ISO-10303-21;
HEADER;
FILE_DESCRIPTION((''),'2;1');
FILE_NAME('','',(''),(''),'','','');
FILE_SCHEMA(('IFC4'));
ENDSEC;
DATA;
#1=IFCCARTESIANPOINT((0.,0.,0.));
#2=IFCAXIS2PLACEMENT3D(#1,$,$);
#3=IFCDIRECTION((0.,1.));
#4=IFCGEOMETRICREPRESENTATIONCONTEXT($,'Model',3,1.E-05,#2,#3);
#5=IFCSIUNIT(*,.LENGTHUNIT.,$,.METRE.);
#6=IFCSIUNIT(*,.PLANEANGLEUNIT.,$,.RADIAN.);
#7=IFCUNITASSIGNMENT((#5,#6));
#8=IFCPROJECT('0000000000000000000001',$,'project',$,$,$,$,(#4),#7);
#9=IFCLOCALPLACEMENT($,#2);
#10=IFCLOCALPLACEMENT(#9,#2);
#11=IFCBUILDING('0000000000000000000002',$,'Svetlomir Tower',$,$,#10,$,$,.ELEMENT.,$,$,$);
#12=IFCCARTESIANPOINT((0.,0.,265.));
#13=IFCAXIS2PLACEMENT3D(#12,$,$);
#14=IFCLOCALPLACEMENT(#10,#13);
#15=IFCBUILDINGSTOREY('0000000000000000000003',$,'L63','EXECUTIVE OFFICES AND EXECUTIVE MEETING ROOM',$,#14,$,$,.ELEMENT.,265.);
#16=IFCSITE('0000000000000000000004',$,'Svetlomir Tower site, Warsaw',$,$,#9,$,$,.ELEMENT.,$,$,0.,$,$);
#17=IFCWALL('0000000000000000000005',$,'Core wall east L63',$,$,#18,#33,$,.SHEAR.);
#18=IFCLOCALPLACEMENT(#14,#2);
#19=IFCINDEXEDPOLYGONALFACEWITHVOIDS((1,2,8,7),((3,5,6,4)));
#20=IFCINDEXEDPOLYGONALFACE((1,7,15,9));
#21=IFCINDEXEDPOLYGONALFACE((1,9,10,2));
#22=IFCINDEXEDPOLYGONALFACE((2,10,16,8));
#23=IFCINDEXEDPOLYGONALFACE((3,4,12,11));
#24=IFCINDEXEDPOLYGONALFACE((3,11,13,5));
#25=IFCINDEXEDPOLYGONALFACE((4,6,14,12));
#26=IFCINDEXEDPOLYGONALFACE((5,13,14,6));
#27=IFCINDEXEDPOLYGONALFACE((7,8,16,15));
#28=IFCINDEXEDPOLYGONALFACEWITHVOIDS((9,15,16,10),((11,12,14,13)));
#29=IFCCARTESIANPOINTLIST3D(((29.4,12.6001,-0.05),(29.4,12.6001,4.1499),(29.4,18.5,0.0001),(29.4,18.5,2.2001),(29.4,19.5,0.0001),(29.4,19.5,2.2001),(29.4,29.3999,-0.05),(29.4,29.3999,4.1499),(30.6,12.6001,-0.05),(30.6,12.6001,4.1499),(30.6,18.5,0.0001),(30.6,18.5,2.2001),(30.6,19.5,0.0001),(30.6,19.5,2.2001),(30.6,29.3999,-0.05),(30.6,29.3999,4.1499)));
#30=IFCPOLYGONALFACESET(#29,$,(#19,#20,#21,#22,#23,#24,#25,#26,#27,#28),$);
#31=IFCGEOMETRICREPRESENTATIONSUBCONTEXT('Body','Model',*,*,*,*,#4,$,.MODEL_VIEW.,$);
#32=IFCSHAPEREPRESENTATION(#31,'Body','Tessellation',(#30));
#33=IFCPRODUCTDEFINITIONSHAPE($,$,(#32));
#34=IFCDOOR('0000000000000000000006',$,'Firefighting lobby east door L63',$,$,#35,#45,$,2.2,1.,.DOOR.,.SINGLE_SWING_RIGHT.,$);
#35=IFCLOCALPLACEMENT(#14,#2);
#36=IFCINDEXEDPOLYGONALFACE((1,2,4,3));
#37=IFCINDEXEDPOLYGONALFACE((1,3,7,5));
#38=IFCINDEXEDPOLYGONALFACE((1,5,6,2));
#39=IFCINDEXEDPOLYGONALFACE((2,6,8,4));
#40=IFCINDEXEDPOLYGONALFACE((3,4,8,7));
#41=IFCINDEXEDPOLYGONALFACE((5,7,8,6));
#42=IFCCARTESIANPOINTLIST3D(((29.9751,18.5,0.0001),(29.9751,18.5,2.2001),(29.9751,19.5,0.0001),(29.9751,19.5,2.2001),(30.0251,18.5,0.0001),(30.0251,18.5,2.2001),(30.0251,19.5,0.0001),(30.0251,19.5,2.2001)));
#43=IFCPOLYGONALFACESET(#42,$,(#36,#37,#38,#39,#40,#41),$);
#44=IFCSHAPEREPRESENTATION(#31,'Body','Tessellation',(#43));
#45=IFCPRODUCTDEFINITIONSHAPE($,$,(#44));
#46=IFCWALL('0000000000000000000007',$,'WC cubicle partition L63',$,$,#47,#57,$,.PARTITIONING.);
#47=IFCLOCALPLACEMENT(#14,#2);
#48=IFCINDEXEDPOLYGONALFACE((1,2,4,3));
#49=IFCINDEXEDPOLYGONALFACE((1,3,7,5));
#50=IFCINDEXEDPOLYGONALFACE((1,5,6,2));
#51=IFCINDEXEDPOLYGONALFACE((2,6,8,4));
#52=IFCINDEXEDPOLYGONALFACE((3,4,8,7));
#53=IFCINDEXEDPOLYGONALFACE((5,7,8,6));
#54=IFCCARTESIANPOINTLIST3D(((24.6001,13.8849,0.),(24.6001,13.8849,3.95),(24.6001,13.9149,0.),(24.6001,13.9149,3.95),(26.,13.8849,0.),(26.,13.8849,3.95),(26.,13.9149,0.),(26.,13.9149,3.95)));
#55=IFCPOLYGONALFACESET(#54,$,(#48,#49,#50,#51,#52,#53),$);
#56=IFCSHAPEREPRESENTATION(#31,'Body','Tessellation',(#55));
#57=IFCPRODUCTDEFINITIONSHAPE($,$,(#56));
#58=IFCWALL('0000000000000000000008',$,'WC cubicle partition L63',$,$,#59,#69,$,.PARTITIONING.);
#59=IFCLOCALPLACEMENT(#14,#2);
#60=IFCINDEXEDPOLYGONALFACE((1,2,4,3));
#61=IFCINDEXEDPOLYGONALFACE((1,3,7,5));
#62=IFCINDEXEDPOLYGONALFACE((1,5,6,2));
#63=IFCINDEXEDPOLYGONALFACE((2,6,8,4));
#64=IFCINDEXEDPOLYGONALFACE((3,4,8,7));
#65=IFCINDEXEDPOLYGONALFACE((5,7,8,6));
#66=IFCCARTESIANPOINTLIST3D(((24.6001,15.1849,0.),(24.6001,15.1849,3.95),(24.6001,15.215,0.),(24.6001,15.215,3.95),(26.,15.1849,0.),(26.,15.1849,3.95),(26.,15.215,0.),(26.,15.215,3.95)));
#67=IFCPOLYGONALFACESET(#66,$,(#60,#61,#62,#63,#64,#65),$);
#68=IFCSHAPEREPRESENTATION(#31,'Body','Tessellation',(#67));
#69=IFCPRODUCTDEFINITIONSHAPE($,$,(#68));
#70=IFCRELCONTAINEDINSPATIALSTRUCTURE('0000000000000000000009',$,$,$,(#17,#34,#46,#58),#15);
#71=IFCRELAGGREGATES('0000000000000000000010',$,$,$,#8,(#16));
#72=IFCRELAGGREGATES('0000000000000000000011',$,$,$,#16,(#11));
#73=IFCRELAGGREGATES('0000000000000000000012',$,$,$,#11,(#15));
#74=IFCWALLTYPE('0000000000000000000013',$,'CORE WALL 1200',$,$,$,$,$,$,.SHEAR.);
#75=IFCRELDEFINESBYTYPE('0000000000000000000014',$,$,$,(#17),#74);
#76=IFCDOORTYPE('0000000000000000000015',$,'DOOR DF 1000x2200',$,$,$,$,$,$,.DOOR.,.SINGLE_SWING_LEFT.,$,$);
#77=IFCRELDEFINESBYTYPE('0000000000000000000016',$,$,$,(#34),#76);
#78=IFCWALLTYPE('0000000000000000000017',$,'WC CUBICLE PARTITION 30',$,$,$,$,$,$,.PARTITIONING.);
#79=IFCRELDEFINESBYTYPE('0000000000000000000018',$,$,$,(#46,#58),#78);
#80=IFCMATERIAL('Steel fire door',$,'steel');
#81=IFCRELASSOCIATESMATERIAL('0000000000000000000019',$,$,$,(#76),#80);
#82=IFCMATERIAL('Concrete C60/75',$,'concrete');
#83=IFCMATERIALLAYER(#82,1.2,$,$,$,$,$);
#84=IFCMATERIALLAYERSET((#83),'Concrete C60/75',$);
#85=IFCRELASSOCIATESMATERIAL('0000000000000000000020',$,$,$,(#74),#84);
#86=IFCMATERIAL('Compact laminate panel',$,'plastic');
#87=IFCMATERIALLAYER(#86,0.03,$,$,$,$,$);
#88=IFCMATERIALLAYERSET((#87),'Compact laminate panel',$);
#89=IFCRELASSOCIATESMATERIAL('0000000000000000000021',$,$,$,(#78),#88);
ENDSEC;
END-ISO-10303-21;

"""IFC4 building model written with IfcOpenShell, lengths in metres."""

from ifc_helpers import new_model, si_unit, direction, frame, frame_2d, origin, place, context, subcontext, project, spatial, rectangle, extrude, material, layer, layer_set, type_object, element, fill, save


model = new_model("IFC4")

# Units and contexts
model_context = context("Model", 3, precision=1e-05, world=origin(), true_north=direction((0.0, 1.0)))
body_context = subcontext(model_context, "Body", "Model", "MODEL_VIEW")
ifc_project = project(units=[si_unit("LENGTHUNIT", "METRE"), si_unit("PLANEANGLEUNIT", "RADIAN")], contexts=[model_context])

# Site, building, storey
site_placement = place(None, origin())
site = spatial("IfcSite", under=ifc_project, at=site_placement, Name="Svetlomir Tower site, Warsaw", CompositionType="ELEMENT", RefElevation=0.0)
building_placement = place(site_placement, origin())
building = spatial("IfcBuilding", under=site, at=building_placement, Name="Svetlomir Tower", CompositionType="ELEMENT")
storey_placement = place(building_placement, frame((0.0, 0.0, 265.0)))
storey = spatial("IfcBuildingStorey", under=building, at=storey_placement, Name="L63", Description="EXECUTIVE OFFICES AND EXECUTIVE MEETING ROOM", CompositionType="ELEMENT", Elevation=265.0)

# Shared definitions
ifc_material_1 = material(Name="Steel fire door", Category="steel")
door_type_1 = type_object("IfcDoorType", Name="DOOR DF 1000x2200", OperationType="SINGLE_SWING_LEFT", PredefinedType="DOOR", material=ifc_material_1)

# Wall, opening, door
ifc_material_2 = material(Name="Concrete C60/75", Category="concrete")
ifc_layer_1 = layer(ifc_material_2, 1.2)
ifc_layer_set_1 = layer_set([ifc_layer_1], Name="Concrete C60/75")
wall_type_1 = type_object("IfcWallType", Name="CORE WALL 1200", PredefinedType="SHEAR", material=ifc_layer_set_1)
wall_1_placement = place(storey_placement, frame((30.0, 12.6001, -0.05), z_axis=(0.0, 0.0, 1.0), x_axis=(0.0, 1.0, 0.0)))
wall_1 = element("IfcWall", 1, at=wall_1_placement, inside=storey, type_object=wall_type_1, Name="Core wall east L63", PredefinedType="SHEAR", context=body_context, shape_type="SweptSolid", body=[
    extrude(rectangle(XDim=16.7998, YDim=1.2, at=frame_2d((8.3999, 0.0))), origin(), (0.0, 0.0, 1.0), 4.2),
])
opening_1_placement = place(wall_1_placement, frame((5.8999, 0.0, 0.05)))
opening_1 = element("IfcOpeningElement", 2, at=opening_1_placement, cuts=wall_1, PredefinedType="OPENING", context=body_context, shape_type="SweptSolid", body=[
    extrude(rectangle(XDim=1.0, YDim=2.2, at=frame_2d((0.5, 1.1001))), frame((0.0, 0.6099, 0.0), z_axis=(0.0, -1.0, 0.0), x_axis=(1.0, 0.0, 0.0)), (0.0, 0.0, 1.0), 1.22),
])
door_1_placement = place(opening_1_placement, origin())
door_1 = element("IfcDoor", 3, at=door_1_placement, inside=storey, type_object=door_type_1, Name="Firefighting lobby east door L63", OperationType="SINGLE_SWING_RIGHT", OverallHeight=2.2, OverallWidth=1.0, PredefinedType="DOOR", context=body_context, shape_type="SweptSolid", body=[
    extrude(rectangle(XDim=1.0, YDim=2.2, at=frame_2d((0.5, 1.1001))), frame((0.0, 0.0249, 0.0), z_axis=(0.0, -1.0, 0.0), x_axis=(1.0, 0.0, 0.0)), (0.0, 0.0, 1.0), 0.05),
])
fill(opening_1, door_1)

# Walls
ifc_material_3 = material(Name="Compact laminate panel", Category="plastic")
ifc_layer_2 = layer(ifc_material_3, 0.03)
ifc_layer_set_2 = layer_set([ifc_layer_2], Name="Compact laminate panel")
wall_type_2 = type_object("IfcWallType", Name="WC CUBICLE PARTITION 30", PredefinedType="PARTITIONING", material=ifc_layer_set_2)
for number, where, z_axis, x_axis, name in (
    (4, (24.6001, 13.8999, 0.0), (0.0, 0.0, 1.0), (1.0, 0.0, 0.0), "WC cubicle partition L63"),
    (5, (24.6001, 15.2, 0.0), (0.0, 0.0, 1.0), (1.0, 0.0, 0.0), "WC cubicle partition L63"),
):
    element("IfcWall", number, at=place(storey_placement, frame(where, z_axis=z_axis, x_axis=x_axis)), inside=storey, type_object=wall_type_2, Name=name, PredefinedType="PARTITIONING", context=body_context, shape_type="SweptSolid", body=[
        extrude(rectangle(XDim=1.3999, YDim=0.03, at=frame_2d((0.7, 0.0))), origin(), (0.0, 0.0, 1.0), 3.95),
    ])

save(model, "model.ifc")
